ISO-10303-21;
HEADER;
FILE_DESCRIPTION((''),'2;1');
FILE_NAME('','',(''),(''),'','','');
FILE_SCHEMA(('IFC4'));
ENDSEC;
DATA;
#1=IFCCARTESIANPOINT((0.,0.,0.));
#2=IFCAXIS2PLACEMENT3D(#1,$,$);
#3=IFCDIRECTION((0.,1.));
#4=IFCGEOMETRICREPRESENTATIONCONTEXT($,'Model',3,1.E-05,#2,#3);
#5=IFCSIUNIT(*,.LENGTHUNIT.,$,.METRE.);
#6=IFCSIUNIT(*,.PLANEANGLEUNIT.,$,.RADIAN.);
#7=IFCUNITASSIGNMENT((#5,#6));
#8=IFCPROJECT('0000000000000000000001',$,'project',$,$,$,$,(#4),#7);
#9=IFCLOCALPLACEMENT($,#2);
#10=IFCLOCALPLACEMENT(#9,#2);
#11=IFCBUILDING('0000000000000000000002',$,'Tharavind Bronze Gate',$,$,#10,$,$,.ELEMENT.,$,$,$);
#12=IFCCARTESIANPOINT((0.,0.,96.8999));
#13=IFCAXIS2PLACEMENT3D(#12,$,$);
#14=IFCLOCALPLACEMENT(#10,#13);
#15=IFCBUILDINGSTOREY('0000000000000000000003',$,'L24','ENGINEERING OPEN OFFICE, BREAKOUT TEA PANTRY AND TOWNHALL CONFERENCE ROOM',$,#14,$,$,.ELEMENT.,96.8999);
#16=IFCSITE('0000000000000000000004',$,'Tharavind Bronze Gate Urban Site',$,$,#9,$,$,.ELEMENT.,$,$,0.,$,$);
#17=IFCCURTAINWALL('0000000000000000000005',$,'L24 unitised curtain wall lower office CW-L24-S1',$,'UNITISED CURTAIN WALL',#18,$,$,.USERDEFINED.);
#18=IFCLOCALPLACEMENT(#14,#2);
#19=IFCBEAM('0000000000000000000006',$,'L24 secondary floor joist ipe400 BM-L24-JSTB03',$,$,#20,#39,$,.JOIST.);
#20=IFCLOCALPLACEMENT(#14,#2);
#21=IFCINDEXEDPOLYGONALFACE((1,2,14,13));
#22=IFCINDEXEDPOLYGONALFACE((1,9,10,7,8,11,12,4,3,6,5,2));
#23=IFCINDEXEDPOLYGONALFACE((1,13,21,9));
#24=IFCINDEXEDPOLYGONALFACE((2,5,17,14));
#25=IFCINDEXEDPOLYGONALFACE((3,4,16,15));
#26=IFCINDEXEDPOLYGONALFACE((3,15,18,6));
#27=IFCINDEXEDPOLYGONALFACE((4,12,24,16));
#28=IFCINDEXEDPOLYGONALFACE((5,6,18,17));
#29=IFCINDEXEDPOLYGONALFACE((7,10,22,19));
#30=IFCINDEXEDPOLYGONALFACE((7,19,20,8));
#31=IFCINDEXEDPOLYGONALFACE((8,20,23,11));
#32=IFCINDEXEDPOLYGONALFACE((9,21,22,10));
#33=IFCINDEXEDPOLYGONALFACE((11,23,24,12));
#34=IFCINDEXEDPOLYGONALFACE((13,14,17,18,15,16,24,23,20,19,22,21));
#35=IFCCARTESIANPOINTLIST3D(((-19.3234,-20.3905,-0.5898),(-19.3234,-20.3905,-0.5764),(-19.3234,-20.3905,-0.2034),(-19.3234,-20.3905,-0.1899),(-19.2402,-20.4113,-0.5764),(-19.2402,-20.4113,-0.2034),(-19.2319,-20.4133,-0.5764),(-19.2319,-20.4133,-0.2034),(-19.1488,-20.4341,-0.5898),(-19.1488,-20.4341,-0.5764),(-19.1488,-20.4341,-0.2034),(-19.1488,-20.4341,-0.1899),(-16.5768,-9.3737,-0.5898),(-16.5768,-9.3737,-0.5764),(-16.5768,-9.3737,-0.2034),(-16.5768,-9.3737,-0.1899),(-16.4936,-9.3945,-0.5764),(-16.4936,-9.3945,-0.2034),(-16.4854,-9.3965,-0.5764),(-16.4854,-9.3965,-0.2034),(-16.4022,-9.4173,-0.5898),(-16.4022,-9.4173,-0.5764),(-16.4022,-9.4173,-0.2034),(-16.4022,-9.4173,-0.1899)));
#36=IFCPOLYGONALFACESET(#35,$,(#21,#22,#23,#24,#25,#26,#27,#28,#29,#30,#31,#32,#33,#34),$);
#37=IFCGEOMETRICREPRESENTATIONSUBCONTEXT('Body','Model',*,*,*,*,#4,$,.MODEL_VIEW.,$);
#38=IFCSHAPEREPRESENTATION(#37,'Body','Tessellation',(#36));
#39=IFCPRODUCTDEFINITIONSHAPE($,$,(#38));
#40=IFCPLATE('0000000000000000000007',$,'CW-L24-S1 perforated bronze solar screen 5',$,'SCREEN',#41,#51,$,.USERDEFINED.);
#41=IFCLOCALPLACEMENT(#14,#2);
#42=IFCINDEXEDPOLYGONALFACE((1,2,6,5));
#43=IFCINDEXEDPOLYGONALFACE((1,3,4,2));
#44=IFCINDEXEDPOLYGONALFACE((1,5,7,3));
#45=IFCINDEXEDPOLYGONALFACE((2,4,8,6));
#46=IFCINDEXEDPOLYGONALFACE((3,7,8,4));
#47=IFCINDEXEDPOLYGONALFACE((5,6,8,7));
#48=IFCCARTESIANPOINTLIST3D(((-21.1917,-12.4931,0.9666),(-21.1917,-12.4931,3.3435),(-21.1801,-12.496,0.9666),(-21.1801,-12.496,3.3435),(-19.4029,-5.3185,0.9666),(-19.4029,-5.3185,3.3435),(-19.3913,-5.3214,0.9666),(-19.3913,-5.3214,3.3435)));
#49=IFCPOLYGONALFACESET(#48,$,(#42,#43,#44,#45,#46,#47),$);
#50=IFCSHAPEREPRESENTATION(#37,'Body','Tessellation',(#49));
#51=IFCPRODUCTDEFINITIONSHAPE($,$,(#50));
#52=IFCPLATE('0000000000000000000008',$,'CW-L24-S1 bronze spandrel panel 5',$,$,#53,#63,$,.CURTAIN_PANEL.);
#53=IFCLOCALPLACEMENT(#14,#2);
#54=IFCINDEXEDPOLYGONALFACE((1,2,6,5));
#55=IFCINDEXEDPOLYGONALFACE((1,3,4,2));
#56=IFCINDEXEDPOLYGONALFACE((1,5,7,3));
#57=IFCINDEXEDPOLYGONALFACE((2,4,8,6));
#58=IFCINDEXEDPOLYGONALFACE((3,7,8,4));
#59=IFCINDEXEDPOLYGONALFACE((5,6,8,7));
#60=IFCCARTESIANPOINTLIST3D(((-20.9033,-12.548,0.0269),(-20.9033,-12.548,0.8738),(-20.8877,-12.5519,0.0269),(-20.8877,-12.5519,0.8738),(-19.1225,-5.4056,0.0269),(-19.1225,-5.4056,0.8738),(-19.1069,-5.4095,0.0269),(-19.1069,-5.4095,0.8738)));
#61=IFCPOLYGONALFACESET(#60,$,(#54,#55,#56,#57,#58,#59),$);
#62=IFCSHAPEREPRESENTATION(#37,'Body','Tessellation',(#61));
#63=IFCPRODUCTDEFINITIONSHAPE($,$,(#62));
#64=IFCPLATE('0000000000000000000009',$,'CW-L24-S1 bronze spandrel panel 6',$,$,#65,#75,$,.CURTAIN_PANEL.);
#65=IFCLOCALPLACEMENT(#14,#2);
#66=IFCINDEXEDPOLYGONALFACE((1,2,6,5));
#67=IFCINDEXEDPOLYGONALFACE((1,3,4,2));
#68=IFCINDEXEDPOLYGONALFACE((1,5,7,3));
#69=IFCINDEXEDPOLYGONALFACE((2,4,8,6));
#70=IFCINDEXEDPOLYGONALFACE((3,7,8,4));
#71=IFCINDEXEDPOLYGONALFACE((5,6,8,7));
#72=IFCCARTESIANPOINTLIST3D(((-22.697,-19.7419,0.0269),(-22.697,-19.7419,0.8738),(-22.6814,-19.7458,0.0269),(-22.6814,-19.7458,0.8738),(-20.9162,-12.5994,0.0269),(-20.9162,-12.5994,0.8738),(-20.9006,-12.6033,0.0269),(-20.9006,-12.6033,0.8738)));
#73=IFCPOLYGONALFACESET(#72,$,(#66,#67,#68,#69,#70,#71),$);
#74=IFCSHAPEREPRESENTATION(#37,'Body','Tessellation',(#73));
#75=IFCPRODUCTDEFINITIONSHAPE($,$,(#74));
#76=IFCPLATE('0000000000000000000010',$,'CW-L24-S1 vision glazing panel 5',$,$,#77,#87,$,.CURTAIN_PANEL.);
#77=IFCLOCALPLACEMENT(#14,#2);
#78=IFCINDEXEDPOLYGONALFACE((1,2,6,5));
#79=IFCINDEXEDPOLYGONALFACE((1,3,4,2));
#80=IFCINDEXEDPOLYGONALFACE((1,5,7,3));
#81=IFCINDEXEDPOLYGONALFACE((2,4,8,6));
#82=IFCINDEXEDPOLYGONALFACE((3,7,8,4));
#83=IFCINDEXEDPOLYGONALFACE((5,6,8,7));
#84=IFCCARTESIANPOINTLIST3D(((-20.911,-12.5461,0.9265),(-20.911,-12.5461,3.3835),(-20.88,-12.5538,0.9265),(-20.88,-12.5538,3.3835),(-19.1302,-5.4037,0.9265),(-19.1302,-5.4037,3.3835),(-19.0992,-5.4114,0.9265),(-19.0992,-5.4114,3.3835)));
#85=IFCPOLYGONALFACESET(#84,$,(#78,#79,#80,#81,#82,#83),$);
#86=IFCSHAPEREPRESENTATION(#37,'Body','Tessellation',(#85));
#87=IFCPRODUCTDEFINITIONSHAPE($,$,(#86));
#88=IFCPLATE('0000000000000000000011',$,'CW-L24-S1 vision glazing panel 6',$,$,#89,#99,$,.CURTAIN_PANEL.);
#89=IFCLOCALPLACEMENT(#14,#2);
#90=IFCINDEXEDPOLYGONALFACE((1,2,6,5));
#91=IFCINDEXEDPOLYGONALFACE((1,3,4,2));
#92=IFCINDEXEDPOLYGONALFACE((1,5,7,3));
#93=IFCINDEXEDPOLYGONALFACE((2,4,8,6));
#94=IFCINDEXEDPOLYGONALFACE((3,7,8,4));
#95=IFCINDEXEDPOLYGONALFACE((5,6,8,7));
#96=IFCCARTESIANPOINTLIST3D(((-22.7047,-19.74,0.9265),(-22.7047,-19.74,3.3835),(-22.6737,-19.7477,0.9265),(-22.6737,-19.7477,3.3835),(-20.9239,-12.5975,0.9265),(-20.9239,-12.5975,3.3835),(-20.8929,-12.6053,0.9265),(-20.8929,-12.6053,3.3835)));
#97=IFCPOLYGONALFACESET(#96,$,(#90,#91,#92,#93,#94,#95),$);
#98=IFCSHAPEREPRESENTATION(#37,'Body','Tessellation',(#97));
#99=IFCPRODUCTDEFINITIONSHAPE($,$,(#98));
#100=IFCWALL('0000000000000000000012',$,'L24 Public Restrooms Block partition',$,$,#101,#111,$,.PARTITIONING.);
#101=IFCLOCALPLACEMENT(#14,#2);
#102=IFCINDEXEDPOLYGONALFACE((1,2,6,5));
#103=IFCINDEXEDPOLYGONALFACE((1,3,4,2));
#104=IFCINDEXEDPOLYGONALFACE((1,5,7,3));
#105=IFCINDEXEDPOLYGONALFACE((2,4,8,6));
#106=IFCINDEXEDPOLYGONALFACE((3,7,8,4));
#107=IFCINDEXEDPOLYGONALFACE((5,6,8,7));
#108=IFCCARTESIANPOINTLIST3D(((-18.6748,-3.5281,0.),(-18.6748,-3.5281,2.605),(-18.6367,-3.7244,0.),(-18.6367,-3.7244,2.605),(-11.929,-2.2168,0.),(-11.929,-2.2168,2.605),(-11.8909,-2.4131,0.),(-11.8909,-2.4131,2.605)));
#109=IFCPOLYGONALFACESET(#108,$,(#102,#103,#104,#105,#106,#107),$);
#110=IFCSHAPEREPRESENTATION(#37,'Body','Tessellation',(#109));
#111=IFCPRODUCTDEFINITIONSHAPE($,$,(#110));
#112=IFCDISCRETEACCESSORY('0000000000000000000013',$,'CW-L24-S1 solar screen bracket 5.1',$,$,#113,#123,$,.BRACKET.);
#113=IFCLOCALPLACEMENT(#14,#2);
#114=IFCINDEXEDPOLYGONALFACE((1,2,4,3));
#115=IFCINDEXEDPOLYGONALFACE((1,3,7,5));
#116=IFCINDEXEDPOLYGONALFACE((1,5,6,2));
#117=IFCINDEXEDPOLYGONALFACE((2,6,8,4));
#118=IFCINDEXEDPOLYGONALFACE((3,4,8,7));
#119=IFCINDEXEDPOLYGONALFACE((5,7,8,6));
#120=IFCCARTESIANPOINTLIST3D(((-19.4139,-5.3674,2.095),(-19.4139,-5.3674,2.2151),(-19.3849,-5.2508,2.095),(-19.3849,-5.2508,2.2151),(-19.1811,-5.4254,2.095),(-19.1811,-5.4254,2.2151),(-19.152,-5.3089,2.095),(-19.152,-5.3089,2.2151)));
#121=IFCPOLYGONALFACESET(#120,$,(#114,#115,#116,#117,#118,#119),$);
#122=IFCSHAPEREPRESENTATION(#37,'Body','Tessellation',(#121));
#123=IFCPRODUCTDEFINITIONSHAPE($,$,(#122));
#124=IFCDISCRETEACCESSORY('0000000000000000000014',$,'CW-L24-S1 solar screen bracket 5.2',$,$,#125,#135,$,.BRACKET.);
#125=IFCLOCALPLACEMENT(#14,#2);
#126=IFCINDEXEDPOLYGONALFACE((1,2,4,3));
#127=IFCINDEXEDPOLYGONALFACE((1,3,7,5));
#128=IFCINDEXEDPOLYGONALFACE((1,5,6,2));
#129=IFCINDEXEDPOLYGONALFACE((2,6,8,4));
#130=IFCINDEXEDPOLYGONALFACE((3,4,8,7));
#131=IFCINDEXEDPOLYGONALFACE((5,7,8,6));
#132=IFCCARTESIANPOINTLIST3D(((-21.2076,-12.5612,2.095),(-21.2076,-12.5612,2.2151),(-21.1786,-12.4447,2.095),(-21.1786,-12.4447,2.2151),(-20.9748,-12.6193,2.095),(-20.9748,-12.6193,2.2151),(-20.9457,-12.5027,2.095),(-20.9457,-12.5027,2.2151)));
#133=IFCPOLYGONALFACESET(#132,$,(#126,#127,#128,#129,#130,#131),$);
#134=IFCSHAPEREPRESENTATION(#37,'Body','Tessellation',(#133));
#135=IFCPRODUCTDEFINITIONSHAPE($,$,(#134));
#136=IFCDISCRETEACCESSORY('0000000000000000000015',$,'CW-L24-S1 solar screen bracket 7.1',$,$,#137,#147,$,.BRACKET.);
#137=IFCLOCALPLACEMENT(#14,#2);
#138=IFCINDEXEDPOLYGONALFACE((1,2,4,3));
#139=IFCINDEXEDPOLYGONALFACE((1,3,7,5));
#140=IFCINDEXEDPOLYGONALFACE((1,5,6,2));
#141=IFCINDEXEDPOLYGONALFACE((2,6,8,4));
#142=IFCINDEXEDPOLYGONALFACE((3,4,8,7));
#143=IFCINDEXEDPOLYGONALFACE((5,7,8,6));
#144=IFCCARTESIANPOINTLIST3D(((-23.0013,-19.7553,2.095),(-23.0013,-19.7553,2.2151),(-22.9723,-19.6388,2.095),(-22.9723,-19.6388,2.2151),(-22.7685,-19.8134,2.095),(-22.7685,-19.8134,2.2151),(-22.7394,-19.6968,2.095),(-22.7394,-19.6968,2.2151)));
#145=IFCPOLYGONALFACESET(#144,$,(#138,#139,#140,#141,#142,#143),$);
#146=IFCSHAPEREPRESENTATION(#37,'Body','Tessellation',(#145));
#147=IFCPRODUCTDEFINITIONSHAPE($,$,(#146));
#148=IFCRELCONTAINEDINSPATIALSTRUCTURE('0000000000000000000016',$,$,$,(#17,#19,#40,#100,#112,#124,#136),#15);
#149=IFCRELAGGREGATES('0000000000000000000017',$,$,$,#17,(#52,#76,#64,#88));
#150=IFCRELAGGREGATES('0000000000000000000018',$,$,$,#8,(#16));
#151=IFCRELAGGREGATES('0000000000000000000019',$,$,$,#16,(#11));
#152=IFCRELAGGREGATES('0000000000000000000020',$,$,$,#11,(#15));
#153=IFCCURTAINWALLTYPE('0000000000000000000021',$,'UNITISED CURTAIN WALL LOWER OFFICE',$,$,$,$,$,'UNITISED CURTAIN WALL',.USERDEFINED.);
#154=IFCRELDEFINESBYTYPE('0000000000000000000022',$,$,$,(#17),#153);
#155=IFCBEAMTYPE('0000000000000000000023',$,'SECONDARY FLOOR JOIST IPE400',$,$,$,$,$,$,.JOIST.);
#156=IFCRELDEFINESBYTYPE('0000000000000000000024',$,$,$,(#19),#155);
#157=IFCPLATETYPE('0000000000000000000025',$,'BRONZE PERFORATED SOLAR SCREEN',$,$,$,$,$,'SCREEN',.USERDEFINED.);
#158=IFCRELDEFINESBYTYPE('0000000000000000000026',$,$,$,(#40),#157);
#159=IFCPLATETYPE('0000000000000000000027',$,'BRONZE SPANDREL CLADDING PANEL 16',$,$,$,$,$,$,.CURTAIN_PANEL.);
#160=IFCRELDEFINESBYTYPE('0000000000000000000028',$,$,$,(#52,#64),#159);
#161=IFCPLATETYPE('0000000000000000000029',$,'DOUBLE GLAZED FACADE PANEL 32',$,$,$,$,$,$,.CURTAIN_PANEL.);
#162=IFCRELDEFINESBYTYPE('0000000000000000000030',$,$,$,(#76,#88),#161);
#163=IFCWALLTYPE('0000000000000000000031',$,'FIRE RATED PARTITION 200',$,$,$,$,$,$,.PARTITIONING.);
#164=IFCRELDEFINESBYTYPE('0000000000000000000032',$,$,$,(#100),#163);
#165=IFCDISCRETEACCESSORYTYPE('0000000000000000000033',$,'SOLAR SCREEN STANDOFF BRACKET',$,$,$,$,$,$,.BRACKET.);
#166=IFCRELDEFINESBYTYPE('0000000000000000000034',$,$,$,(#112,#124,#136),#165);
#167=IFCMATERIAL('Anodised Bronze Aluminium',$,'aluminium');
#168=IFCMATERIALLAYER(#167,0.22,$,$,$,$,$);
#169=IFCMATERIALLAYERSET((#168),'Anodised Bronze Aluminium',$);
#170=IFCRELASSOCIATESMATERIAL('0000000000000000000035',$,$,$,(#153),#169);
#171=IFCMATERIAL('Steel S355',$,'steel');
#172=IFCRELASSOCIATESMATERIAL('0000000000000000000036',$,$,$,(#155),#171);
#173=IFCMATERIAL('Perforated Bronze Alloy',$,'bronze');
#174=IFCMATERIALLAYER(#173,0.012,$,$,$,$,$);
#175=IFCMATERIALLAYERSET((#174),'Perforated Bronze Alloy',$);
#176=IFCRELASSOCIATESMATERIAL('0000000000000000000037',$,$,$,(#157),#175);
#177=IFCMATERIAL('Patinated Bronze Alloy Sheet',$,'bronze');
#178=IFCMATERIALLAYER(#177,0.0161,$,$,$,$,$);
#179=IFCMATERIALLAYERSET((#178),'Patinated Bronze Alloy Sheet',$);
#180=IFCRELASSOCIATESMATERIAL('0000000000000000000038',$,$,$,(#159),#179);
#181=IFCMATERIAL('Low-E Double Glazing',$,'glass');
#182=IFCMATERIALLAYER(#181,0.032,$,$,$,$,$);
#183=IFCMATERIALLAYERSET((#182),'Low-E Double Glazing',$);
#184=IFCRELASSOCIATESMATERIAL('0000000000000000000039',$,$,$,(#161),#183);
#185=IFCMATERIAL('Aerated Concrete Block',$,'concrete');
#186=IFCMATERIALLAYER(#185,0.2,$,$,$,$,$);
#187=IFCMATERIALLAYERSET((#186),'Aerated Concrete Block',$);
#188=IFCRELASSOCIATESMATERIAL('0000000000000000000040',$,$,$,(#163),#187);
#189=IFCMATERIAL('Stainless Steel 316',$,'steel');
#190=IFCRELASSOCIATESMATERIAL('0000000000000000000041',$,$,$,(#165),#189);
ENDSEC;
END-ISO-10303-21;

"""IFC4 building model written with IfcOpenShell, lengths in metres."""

from ifc_helpers import new_model, si_unit, direction, frame, frame_2d, origin, origin_2d, place, context, subcontext, project, spatial, rectangle, i_section, extrude, material, layer, layer_set, material_profile, profile_set, type_object, element, aggregate, save


model = new_model("IFC4")

# Units and contexts
model_context = context("Model", 3, precision=1e-05, world=origin(), true_north=direction((0.0, 1.0)))
body_context = subcontext(model_context, "Body", "Model", "MODEL_VIEW")
ifc_project = project(units=[si_unit("LENGTHUNIT", "METRE"), si_unit("PLANEANGLEUNIT", "RADIAN")], contexts=[model_context])

# Site, building, storey
site_placement = place(None, origin())
site = spatial("IfcSite", under=ifc_project, at=site_placement, Name="Tharavind Bronze Gate Urban Site", CompositionType="ELEMENT", RefElevation=0.0)
building_placement = place(site_placement, origin())
building = spatial("IfcBuilding", under=site, at=building_placement, Name="Tharavind Bronze Gate", CompositionType="ELEMENT")
storey_placement = place(building_placement, frame((0.0, 0.0, 96.8999)))
storey = spatial("IfcBuildingStorey", under=building, at=storey_placement, Name="L24", Description="ENGINEERING OPEN OFFICE, BREAKOUT TEA PANTRY AND TOWNHALL CONFERENCE ROOM", CompositionType="ELEMENT", Elevation=96.8999)

# Curtain wall
ifc_material_1 = material(Name="Anodised Bronze Aluminium", Category="aluminium")
ifc_layer_1 = layer(ifc_material_1, 0.22)
ifc_layer_set_1 = layer_set([ifc_layer_1], Name="Anodised Bronze Aluminium")
curtain_wall_type = type_object("IfcCurtainWallType", Name="UNITISED CURTAIN WALL LOWER OFFICE", ElementType="UNITISED CURTAIN WALL", PredefinedType="USERDEFINED", material=ifc_layer_set_1)
curtain_wall_placement = place(storey_placement, origin())
curtain_wall = element("IfcCurtainWall", 1, at=curtain_wall_placement, inside=storey, type_object=curtain_wall_type, Name="L24 unitised curtain wall lower office CW-L24-S1", ObjectType="UNITISED CURTAIN WALL", PredefinedType="USERDEFINED")

# Beam
ifc_material_2 = material(Name="Steel S355", Category="steel")
ifc_material_profile_1 = material_profile(ifc_material_2, i_section(OverallWidth=0.1799, OverallDepth=0.3999, WebThickness=0.0085, FlangeThickness=0.0134, at=origin_2d()), Name="IPE400")
ifc_profile_set_1 = profile_set([ifc_material_profile_1], Name="Steel S355")
beam_type_1 = type_object("IfcBeamType", Name="SECONDARY FLOOR JOIST IPE400", PredefinedType="JOIST", material=ifc_profile_set_1)
beam_1_placement = place(storey_placement, frame((-16.4895, -9.3955, -0.3899), z_axis=(-0.241903, -0.9703, 0.0), x_axis=(0.9703, -0.241903, 0.0)))
element("IfcBeam", 2, at=beam_1_placement, inside=storey, type_object=beam_type_1, Name="L24 secondary floor joist ipe400 BM-L24-JSTB03", PredefinedType="JOIST", context=body_context, shape_type="SweptSolid", body=[
    extrude(i_section(OverallWidth=0.1799, OverallDepth=0.3999, WebThickness=0.0085, FlangeThickness=0.0134, at=origin_2d()), origin(), (0.0, 0.0, 1.0), 11.354),
])

# Plates
ifc_material_3 = material(Name="Perforated Bronze Alloy", Category="bronze")
ifc_layer_2 = layer(ifc_material_3, 0.012)
ifc_layer_set_2 = layer_set([ifc_layer_2], Name="Perforated Bronze Alloy")
plate_type_1 = type_object("IfcPlateType", Name="BRONZE PERFORATED SOLAR SCREEN", ElementType="SCREEN", PredefinedType="USERDEFINED", material=ifc_layer_set_2)
plate_1_placement = place(storey_placement, frame((-20.2915, -8.9072, 0.9666), z_axis=(0.0, 0.0, 1.0), x_axis=(-0.241922, -0.970296, 0.0)))
element("IfcPlate", 3, at=plate_1_placement, inside=storey, type_object=plate_type_1, Name="CW-L24-S1 perforated bronze solar screen 5", ObjectType="SCREEN", PredefinedType="USERDEFINED", context=body_context, shape_type="SweptSolid", body=[
    extrude(rectangle(XDim=7.3943, YDim=0.012, at=origin_2d()), origin(), (0.0, 0.0, 1.0), 2.377),
])
ifc_material_4 = material(Name="Patinated Bronze Alloy Sheet", Category="bronze")
ifc_layer_3 = layer(ifc_material_4, 0.0161)
ifc_layer_set_3 = layer_set([ifc_layer_3], Name="Patinated Bronze Alloy Sheet")
plate_type_2 = type_object("IfcPlateType", Name="BRONZE SPANDREL CLADDING PANEL 16", PredefinedType="CURTAIN_PANEL", material=ifc_layer_set_3)
plate_2_placement = place(storey_placement, frame((-20.0051, -8.9788, 0.0269), z_axis=(0.0, 0.0, 1.0), x_axis=(-0.241922, -0.970296, 0.0)))
plate_2 = element("IfcPlate", 4, at=plate_2_placement, type_object=plate_type_2, Name="CW-L24-S1 bronze spandrel panel 5", PredefinedType="CURTAIN_PANEL", context=body_context, shape_type="SweptSolid", body=[
    extrude(rectangle(XDim=7.3611, YDim=0.0161, at=origin_2d()), origin(), (0.0, 0.0, 1.0), 0.8469),
])
plate_3_placement = place(storey_placement, frame((-21.7988, -16.1726, 0.0269), z_axis=(0.0, 0.0, 1.0), x_axis=(-0.241922, -0.970296, 0.0)))
plate_3 = element("IfcPlate", 5, at=plate_3_placement, type_object=plate_type_2, Name="CW-L24-S1 bronze spandrel panel 6", PredefinedType="CURTAIN_PANEL", context=body_context, shape_type="SweptSolid", body=[
    extrude(rectangle(XDim=7.3611, YDim=0.0161, at=origin_2d()), origin(), (0.0, 0.0, 1.0), 0.8469),
])
ifc_material_5 = material(Name="Low-E Double Glazing", Category="glass")
ifc_layer_4 = layer(ifc_material_5, 0.032)
ifc_layer_set_4 = layer_set([ifc_layer_4], Name="Low-E Double Glazing")
plate_type_3 = type_object("IfcPlateType", Name="DOUBLE GLAZED FACADE PANEL 32", PredefinedType="CURTAIN_PANEL", material=ifc_layer_set_4)
plate_4_placement = place(storey_placement, frame((-20.0051, -8.9788, 0.9265), z_axis=(0.0, 0.0, 1.0), x_axis=(-0.241922, -0.970296, 0.0)))
plate_4 = element("IfcPlate", 6, at=plate_4_placement, type_object=plate_type_3, Name="CW-L24-S1 vision glazing panel 5", PredefinedType="CURTAIN_PANEL", context=body_context, shape_type="SweptSolid", body=[
    extrude(rectangle(XDim=7.3611, YDim=0.032, at=origin_2d()), origin(), (0.0, 0.0, 1.0), 2.457),
])
plate_5_placement = place(storey_placement, frame((-21.7988, -16.1726, 0.9265), z_axis=(0.0, 0.0, 1.0), x_axis=(-0.241922, -0.970296, 0.0)))
plate_5 = element("IfcPlate", 7, at=plate_5_placement, type_object=plate_type_3, Name="CW-L24-S1 vision glazing panel 6", PredefinedType="CURTAIN_PANEL", context=body_context, shape_type="SweptSolid", body=[
    extrude(rectangle(XDim=7.3611, YDim=0.032, at=origin_2d()), origin(), (0.0, 0.0, 1.0), 2.457),
])
aggregate(curtain_wall, [plate_2, plate_4, plate_3, plate_5])

# Wall
ifc_material_6 = material(Name="Aerated Concrete Block", Category="concrete")
ifc_layer_5 = layer(ifc_material_6, 0.2)
ifc_layer_set_5 = layer_set([ifc_layer_5], Name="Aerated Concrete Block")
wall_type = type_object("IfcWallType", Name="FIRE RATED PARTITION 200", PredefinedType="PARTITIONING", material=ifc_layer_set_5)
wall_placement = place(storey_placement, frame((-18.6558, -3.6262, 0.0), z_axis=(0.0, 0.0, 1.0), x_axis=(0.981627, 0.190812, 0.0)))
element("IfcWall", 8, at=wall_placement, inside=storey, type_object=wall_type, Name="L24 Public Restrooms Block partition", PredefinedType="PARTITIONING", context=body_context, shape_type="SweptSolid", body=[
    extrude(rectangle(XDim=6.8721, YDim=0.2, at=frame_2d((3.436, 0.0))), origin(), (0.0, 0.0, 1.0), 2.605),
])

# Discrete accessories
ifc_material_7 = material(Name="Stainless Steel 316", Category="steel")
discrete_accessory_type = type_object("IfcDiscreteAccessoryType", Name="SOLAR SCREEN STANDOFF BRACKET", PredefinedType="BRACKET", material=ifc_material_7)
for number, where, z_axis, x_axis, name in (
    (9, (-19.283, -5.3381, 2.095), (0.0, 0.0, 1.0), (-0.241922, -0.970296, 0.0), "CW-L24-S1 solar screen bracket 5.1"),
    (10, (-21.0767, -12.532, 2.095), (0.0, 0.0, 1.0), (-0.241922, -0.970296, 0.0), "CW-L24-S1 solar screen bracket 5.2"),
    (11, (-22.8704, -19.7261, 2.095), (0.0, 0.0, 1.0), (-0.241922, -0.970296, 0.0), "CW-L24-S1 solar screen bracket 7.1"),
):
    element("IfcDiscreteAccessory", number, at=place(storey_placement, frame(where, z_axis=z_axis, x_axis=x_axis)), inside=storey, type_object=discrete_accessory_type, Name=name, PredefinedType="BRACKET", context=body_context, shape_type="SweptSolid", body=[
        extrude(rectangle(XDim=0.1201, YDim=0.24, at=origin_2d()), origin(), (0.0, 0.0, 1.0), 0.1201),
    ])

save(model, "model.ifc")
